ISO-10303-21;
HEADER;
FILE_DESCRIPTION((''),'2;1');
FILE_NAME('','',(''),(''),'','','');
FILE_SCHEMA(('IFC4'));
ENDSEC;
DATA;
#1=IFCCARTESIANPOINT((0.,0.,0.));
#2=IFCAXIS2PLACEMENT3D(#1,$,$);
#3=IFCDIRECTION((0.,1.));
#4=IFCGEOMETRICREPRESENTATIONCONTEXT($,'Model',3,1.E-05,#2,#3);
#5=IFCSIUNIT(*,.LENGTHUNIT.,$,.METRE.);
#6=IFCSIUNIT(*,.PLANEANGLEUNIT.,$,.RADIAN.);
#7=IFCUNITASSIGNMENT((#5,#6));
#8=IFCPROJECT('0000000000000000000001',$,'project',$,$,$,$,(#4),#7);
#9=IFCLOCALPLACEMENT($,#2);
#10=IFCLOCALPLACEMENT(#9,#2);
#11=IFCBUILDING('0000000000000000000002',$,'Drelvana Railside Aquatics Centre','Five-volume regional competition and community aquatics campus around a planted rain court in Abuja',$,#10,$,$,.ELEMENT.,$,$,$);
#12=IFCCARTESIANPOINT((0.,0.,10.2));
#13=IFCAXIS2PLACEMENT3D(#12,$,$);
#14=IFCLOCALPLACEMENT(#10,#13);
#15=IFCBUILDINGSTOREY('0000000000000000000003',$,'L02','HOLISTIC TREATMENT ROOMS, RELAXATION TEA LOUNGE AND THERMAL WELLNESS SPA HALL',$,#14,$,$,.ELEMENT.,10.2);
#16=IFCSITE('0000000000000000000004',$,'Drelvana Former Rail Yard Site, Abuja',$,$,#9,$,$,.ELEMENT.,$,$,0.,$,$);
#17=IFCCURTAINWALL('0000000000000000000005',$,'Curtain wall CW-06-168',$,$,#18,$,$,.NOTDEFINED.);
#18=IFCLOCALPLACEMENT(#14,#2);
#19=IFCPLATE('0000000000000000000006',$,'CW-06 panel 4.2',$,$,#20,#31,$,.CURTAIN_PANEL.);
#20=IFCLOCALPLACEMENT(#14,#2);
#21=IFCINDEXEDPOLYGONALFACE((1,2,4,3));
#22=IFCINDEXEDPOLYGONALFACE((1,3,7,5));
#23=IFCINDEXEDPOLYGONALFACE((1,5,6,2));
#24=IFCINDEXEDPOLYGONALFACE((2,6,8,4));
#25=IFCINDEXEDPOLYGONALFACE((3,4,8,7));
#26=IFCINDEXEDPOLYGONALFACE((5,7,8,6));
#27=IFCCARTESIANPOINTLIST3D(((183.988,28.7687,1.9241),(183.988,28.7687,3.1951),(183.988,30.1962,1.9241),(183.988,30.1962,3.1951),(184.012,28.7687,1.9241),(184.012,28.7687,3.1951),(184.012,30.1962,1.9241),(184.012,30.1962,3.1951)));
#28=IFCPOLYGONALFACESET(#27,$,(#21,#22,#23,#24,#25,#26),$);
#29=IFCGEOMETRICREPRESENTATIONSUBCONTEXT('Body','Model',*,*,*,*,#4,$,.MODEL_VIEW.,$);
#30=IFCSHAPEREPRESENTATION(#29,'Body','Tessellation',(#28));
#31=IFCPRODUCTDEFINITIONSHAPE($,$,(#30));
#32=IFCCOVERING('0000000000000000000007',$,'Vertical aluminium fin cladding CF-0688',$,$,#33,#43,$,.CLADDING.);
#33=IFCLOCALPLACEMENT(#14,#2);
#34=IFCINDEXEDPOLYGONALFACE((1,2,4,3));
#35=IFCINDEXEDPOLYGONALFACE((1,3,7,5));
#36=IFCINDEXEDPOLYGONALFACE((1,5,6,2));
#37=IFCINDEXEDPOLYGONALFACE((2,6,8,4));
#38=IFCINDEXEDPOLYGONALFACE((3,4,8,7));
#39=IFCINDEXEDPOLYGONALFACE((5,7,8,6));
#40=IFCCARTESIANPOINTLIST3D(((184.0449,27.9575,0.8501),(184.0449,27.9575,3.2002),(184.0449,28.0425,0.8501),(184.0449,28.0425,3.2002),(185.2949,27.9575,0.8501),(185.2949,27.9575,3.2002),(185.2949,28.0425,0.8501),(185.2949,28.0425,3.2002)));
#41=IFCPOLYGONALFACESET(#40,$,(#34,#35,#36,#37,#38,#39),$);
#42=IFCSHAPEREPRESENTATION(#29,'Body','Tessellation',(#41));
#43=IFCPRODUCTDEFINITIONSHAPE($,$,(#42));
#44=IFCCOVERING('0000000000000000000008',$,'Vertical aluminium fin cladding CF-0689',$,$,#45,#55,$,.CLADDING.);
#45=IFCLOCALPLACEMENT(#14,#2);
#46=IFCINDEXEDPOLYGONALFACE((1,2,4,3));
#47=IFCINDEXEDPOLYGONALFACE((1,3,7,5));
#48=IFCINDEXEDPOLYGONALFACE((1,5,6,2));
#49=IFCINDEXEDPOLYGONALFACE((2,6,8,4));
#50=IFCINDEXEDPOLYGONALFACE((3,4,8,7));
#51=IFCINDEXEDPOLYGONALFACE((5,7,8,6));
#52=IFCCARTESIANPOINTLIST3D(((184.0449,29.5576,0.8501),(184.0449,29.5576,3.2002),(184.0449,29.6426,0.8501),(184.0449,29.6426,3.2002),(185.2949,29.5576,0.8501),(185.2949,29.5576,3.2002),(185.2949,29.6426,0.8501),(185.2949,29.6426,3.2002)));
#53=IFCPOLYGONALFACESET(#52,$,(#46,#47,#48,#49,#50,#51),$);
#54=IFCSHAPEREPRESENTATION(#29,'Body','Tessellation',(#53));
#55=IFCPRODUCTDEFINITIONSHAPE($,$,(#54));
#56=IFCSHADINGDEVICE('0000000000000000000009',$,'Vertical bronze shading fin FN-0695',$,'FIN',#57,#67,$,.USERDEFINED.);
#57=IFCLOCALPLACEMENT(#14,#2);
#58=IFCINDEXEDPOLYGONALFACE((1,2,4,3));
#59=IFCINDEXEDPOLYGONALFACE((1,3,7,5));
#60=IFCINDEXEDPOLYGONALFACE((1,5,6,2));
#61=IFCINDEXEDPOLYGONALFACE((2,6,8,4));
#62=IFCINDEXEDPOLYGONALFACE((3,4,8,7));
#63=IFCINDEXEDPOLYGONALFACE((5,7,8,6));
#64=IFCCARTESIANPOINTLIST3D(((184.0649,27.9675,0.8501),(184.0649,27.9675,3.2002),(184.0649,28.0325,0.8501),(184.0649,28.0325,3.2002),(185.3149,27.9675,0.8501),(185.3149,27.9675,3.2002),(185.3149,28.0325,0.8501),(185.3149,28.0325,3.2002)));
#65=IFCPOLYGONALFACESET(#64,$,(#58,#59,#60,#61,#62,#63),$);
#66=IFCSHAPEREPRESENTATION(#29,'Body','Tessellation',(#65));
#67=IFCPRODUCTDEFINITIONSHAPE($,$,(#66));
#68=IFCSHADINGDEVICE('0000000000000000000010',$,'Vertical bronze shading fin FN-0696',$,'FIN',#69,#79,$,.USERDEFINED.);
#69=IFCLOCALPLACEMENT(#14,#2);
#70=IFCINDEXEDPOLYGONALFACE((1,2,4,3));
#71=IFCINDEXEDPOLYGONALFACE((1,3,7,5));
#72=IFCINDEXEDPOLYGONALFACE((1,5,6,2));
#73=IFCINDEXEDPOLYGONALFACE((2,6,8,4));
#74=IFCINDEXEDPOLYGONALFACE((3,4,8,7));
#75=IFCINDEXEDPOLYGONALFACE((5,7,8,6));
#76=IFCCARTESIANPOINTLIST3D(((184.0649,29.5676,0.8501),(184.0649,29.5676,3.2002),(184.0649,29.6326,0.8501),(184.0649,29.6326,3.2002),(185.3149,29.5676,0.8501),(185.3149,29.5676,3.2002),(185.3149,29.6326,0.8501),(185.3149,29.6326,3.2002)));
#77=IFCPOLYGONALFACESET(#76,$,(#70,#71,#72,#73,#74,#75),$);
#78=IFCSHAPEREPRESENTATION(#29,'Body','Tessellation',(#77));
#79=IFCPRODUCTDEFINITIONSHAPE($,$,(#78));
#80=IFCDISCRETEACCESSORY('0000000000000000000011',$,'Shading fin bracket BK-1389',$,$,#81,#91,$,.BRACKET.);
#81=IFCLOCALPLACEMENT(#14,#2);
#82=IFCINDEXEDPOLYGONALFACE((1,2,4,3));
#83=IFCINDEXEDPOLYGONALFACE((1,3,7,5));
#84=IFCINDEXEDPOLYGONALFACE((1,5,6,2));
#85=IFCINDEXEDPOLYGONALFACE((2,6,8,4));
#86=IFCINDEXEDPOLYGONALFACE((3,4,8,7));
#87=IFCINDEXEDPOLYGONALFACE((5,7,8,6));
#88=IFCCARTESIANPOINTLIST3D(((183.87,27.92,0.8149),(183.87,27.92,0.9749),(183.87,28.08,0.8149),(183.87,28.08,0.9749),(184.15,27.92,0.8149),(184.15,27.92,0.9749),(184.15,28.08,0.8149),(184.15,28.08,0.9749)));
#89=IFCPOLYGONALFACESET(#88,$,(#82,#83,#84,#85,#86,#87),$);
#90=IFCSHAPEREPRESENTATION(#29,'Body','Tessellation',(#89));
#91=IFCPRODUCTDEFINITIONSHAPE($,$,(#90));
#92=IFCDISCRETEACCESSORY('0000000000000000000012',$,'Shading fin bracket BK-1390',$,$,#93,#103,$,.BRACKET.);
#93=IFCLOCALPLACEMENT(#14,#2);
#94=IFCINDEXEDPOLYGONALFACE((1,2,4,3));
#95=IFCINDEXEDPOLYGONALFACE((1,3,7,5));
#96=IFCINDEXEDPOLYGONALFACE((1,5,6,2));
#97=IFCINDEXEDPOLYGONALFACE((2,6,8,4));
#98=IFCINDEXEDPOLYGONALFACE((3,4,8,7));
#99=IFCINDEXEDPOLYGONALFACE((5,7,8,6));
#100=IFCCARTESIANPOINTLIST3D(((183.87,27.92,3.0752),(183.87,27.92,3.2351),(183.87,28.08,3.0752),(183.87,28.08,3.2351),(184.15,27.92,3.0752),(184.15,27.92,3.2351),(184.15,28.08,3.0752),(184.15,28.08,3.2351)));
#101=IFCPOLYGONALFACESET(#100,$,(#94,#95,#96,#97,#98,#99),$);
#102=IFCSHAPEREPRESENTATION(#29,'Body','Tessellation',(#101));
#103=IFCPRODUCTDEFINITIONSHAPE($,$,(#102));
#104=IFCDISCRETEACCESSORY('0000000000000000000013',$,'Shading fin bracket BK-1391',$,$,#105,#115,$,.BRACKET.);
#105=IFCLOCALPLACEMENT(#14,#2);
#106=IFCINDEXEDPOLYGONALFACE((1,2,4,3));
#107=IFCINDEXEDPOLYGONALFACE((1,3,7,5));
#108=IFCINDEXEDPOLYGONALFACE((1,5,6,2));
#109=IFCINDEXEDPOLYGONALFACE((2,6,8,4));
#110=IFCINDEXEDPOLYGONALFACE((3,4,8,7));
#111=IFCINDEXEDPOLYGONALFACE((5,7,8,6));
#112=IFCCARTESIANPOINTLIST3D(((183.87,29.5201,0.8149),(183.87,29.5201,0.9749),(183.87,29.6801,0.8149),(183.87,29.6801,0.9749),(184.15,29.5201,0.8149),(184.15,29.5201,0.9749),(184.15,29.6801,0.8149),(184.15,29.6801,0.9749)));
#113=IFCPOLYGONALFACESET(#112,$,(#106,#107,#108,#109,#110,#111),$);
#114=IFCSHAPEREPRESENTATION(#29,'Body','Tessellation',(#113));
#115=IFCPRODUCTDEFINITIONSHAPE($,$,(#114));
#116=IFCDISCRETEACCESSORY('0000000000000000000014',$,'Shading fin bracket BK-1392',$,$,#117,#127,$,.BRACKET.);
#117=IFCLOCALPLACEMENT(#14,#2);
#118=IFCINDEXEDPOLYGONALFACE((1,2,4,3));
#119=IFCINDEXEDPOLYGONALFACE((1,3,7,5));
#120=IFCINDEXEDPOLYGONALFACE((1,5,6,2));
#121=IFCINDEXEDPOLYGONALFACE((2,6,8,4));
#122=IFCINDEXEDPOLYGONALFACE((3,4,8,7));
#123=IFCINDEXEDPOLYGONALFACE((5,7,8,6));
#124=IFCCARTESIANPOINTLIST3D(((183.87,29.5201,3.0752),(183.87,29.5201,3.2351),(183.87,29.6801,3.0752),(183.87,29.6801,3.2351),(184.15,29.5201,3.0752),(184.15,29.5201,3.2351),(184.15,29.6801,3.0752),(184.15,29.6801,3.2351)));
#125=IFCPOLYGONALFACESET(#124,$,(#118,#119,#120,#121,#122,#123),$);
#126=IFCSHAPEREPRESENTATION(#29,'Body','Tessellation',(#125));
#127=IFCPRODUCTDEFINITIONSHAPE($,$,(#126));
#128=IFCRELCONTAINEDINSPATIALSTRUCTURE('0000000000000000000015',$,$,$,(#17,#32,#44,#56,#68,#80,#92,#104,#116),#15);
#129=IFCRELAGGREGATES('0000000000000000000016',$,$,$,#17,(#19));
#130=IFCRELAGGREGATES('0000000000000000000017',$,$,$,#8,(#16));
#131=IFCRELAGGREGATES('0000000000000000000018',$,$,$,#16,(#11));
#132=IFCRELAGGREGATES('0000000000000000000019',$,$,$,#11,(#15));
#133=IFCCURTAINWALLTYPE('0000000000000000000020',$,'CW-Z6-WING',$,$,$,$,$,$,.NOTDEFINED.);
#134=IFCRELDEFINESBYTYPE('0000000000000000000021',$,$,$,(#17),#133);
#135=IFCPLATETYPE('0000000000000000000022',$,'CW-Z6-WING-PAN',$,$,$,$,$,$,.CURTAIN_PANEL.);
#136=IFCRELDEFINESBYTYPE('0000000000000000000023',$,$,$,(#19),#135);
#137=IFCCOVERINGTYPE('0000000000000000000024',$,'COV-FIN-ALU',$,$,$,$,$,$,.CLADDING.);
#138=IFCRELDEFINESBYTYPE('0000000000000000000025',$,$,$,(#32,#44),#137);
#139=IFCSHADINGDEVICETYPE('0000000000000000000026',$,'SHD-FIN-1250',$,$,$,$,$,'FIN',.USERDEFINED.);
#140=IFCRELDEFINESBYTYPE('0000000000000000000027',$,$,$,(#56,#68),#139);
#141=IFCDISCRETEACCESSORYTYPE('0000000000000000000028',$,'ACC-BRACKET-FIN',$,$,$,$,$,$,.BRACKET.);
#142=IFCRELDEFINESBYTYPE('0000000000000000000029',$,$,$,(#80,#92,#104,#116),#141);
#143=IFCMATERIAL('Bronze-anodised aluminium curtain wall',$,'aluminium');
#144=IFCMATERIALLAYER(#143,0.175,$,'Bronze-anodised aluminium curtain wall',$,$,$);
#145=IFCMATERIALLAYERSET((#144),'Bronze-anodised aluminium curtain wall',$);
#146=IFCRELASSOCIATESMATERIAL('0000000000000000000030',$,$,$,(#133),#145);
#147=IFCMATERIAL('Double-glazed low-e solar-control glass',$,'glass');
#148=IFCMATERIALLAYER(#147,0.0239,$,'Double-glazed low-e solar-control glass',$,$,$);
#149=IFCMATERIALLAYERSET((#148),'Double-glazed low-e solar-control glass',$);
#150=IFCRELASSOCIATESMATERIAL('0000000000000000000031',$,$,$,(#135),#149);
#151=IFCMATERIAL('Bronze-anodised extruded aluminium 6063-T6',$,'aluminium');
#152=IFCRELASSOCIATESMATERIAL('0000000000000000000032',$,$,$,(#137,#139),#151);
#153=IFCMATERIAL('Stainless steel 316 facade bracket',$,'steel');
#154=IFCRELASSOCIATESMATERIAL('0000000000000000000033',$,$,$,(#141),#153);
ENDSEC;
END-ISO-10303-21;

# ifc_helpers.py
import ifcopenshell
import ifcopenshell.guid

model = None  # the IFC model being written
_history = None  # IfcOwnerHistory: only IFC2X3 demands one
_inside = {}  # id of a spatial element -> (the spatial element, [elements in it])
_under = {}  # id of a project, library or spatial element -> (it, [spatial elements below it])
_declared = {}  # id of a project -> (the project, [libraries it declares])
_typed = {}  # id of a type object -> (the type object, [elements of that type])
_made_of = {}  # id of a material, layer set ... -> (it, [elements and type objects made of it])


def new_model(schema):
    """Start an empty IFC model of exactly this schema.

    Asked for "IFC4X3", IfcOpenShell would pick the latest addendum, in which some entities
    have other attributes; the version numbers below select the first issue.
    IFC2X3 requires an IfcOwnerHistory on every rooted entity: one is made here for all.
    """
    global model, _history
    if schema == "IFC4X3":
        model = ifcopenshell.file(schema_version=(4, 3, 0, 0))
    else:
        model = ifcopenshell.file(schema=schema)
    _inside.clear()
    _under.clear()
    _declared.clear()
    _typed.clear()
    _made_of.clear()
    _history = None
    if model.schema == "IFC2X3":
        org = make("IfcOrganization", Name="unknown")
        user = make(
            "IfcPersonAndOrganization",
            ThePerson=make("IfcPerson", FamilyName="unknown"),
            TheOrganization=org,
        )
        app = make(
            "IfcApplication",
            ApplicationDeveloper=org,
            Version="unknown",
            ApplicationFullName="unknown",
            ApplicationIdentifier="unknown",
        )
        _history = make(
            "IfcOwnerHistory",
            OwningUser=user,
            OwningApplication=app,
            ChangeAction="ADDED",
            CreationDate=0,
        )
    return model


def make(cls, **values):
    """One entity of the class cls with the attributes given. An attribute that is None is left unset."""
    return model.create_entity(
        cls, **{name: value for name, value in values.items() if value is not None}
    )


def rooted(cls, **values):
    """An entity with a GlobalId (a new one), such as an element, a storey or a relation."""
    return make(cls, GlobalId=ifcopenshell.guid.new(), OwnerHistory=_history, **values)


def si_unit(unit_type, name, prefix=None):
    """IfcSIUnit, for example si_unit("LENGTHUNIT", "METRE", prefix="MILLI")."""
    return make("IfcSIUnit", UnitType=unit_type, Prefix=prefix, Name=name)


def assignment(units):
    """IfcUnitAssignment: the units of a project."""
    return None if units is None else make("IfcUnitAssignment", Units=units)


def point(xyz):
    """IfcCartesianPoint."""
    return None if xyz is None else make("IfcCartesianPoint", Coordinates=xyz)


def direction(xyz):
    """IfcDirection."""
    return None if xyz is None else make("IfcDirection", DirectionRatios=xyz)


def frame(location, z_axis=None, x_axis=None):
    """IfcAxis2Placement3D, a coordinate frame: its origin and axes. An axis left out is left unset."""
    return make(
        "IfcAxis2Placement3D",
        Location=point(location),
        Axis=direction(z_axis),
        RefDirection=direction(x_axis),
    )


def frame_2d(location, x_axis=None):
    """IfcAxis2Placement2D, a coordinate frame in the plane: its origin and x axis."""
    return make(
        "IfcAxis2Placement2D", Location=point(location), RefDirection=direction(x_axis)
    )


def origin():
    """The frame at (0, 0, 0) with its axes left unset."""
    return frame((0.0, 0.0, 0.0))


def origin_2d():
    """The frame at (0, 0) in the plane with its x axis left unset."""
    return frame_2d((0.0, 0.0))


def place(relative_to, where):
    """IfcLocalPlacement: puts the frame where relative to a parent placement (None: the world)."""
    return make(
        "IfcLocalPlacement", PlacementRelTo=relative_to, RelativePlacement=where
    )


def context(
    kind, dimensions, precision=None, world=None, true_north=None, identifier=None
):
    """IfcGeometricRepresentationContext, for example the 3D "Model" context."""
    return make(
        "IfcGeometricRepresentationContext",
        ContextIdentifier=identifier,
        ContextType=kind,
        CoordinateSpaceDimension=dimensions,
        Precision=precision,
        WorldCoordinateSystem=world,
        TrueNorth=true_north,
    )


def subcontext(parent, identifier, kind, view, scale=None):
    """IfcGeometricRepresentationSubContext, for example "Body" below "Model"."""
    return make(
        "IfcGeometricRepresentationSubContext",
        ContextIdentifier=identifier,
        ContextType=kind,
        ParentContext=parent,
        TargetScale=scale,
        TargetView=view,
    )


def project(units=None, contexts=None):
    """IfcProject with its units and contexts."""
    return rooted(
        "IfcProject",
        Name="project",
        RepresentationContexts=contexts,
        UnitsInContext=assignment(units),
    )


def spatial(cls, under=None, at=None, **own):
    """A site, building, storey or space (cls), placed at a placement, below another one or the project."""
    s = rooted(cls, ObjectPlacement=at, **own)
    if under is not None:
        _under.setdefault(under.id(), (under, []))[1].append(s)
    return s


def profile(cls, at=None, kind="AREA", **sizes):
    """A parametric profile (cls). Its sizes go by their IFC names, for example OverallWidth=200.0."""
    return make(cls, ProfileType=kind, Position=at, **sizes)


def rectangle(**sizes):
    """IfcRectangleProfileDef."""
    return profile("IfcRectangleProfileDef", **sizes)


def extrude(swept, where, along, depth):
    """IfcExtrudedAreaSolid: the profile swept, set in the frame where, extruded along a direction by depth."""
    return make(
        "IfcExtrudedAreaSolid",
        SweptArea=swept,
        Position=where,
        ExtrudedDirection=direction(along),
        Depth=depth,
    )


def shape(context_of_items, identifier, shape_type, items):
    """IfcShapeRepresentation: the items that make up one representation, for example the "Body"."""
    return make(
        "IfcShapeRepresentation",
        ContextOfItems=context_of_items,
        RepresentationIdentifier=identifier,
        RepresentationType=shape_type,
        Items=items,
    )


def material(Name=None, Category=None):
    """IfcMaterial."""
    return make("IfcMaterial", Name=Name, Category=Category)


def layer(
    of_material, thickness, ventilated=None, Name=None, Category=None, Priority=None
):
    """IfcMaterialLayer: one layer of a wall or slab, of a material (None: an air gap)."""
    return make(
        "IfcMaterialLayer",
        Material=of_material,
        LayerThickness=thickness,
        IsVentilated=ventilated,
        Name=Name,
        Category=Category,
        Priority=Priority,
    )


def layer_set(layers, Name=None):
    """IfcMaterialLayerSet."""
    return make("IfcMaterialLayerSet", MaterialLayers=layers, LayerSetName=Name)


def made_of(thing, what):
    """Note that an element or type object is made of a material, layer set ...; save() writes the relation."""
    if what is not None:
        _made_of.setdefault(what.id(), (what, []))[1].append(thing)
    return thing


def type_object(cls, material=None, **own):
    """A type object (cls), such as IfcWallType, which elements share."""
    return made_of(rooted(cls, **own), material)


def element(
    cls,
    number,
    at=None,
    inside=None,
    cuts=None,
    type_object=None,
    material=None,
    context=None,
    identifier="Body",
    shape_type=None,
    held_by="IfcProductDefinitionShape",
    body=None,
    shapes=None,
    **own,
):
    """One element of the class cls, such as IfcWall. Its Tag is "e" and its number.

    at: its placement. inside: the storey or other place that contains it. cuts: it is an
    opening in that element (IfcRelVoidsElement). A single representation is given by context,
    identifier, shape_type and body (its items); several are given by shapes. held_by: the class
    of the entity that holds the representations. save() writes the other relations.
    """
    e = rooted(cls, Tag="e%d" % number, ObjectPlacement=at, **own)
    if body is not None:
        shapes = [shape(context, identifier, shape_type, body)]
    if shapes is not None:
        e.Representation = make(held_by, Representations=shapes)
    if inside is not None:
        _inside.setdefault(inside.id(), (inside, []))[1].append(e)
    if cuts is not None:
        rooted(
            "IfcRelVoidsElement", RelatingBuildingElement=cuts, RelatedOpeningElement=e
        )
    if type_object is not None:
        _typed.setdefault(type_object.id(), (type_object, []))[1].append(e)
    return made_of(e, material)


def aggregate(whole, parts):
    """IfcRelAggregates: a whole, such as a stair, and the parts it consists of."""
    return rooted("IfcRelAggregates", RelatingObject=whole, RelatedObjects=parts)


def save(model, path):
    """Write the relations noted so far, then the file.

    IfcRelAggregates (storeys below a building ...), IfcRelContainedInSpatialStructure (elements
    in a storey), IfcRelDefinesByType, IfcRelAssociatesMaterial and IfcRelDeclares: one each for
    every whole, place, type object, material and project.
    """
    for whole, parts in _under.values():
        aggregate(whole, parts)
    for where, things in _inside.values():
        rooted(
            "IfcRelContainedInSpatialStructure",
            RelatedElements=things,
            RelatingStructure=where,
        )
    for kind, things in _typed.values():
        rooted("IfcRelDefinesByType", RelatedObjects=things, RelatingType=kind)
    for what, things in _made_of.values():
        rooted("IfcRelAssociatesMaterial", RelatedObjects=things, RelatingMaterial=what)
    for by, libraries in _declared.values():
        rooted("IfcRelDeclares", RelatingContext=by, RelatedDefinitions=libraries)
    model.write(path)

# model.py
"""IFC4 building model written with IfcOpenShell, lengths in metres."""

from ifc_helpers import new_model, si_unit, direction, frame, origin, origin_2d, place, context, subcontext, project, spatial, rectangle, extrude, material, layer, layer_set, type_object, element, aggregate, save


model = new_model("IFC4")

# Units and contexts
model_context = context("Model", 3, precision=1e-05, world=origin(), true_north=direction((0.0, 1.0)))
body_context = subcontext(model_context, "Body", "Model", "MODEL_VIEW")
ifc_project = project(units=[si_unit("LENGTHUNIT", "METRE"), si_unit("PLANEANGLEUNIT", "RADIAN")], contexts=[model_context])

# Site, building, storey
site_placement = place(None, origin())
site = spatial("IfcSite", under=ifc_project, at=site_placement, Name="Drelvana Former Rail Yard Site, Abuja", CompositionType="ELEMENT", RefElevation=0.0)
building_placement = place(site_placement, origin())
building = spatial("IfcBuilding", under=site, at=building_placement, Name="Drelvana Railside Aquatics Centre", Description="Five-volume regional competition and community aquatics campus around a planted rain court in Abuja", CompositionType="ELEMENT")
storey_placement = place(building_placement, frame((0.0, 0.0, 10.2)))
storey = spatial("IfcBuildingStorey", under=building, at=storey_placement, Name="L02", Description="HOLISTIC TREATMENT ROOMS, RELAXATION TEA LOUNGE AND THERMAL WELLNESS SPA HALL", CompositionType="ELEMENT", Elevation=10.2)

# Curtain wall, plate
ifc_material_1 = material(Name="Bronze-anodised aluminium curtain wall", Category="aluminium")
ifc_layer_1 = layer(ifc_material_1, 0.175, Name="Bronze-anodised aluminium curtain wall")
ifc_layer_set_1 = layer_set([ifc_layer_1], Name="Bronze-anodised aluminium curtain wall")
curtain_wall_type = type_object("IfcCurtainWallType", Name="CW-Z6-WING", PredefinedType="NOTDEFINED", material=ifc_layer_set_1)
curtain_wall_placement = place(storey_placement, origin())
curtain_wall = element("IfcCurtainWall", 1, at=curtain_wall_placement, inside=storey, type_object=curtain_wall_type, Name="Curtain wall CW-06-168", PredefinedType="NOTDEFINED")
ifc_material_2 = material(Name="Double-glazed low-e solar-control glass", Category="glass")
ifc_layer_2 = layer(ifc_material_2, 0.0239, Name="Double-glazed low-e solar-control glass")
ifc_layer_set_2 = layer_set([ifc_layer_2], Name="Double-glazed low-e solar-control glass")
plate_type = type_object("IfcPlateType", Name="CW-Z6-WING-PAN", PredefinedType="CURTAIN_PANEL", material=ifc_layer_set_2)
plate_1_placement = place(storey_placement, frame((184.0, 29.4824, 1.9241), z_axis=(0.0, 0.0, 1.0), x_axis=(0.0, 1.0, 0.0)))
plate_1 = element("IfcPlate", 2, at=plate_1_placement, type_object=plate_type, Name="CW-06 panel 4.2", PredefinedType="CURTAIN_PANEL", context=body_context, shape_type="SweptSolid", body=[
    extrude(rectangle(XDim=1.4275, YDim=0.0239, at=origin_2d()), origin(), (0.0, 0.0, 1.0), 1.271),
])
aggregate(curtain_wall, [plate_1])

# Coverings
ifc_material_3 = material(Name="Bronze-anodised extruded aluminium 6063-T6", Category="aluminium")
covering_type = type_object("IfcCoveringType", Name="COV-FIN-ALU", PredefinedType="CLADDING", material=ifc_material_3)
for number, where, z_axis, x_axis, name in (
    (3, (184.6699, 28.0, 0.8501), (0.0, 0.0, 1.0), (0.0, -1.0, 0.0), "Vertical aluminium fin cladding CF-0688"),
    (4, (184.6699, 29.6001, 0.8501), (0.0, 0.0, 1.0), (0.0, -1.0, 0.0), "Vertical aluminium fin cladding CF-0689"),
):
    element("IfcCovering", number, at=place(storey_placement, frame(where, z_axis=z_axis, x_axis=x_axis)), inside=storey, type_object=covering_type, Name=name, PredefinedType="CLADDING", context=body_context, shape_type="SweptSolid", body=[
        extrude(rectangle(XDim=0.085, YDim=1.25, at=origin_2d()), origin(), (0.0, 0.0, 1.0), 2.3501),
    ])

# Shading devices
shading_device_type = type_object("IfcShadingDeviceType", Name="SHD-FIN-1250", ElementType="FIN", PredefinedType="USERDEFINED", material=ifc_material_3)
for number, where, z_axis, x_axis, name in (
    (5, (184.6899, 28.0, 0.8501), (0.0, 0.0, 1.0), (1.0, 0.0, 0.0), "Vertical bronze shading fin FN-0695"),
    (6, (184.6899, 29.6001, 0.8501), (0.0, 0.0, 1.0), (1.0, 0.0, 0.0), "Vertical bronze shading fin FN-0696"),
):
    element("IfcShadingDevice", number, at=place(storey_placement, frame(where, z_axis=z_axis, x_axis=x_axis)), inside=storey, type_object=shading_device_type, Name=name, ObjectType="FIN", PredefinedType="USERDEFINED", context=body_context, shape_type="SweptSolid", body=[
        extrude(rectangle(XDim=1.25, YDim=0.0649, at=origin_2d()), origin(), (0.0, 0.0, 1.0), 2.3501),
    ])

# Discrete accessories
ifc_material_4 = material(Name="Stainless steel 316 facade bracket", Category="steel")
discrete_accessory_type = type_object("IfcDiscreteAccessoryType", Name="ACC-BRACKET-FIN", PredefinedType="BRACKET", material=ifc_material_4)
for number, where, z_axis, x_axis, name in (
    (7, (184.01, 28.0, 0.8149), (0.0, 0.0, 1.0), (1.0, 0.0, 0.0), "Shading fin bracket BK-1389"),
    (8, (184.01, 28.0, 3.0752), (0.0, 0.0, 1.0), (1.0, 0.0, 0.0), "Shading fin bracket BK-1390"),
    (9, (184.01, 29.6001, 0.8149), (0.0, 0.0, 1.0), (1.0, 0.0, 0.0), "Shading fin bracket BK-1391"),
    (10, (184.01, 29.6001, 3.0752), (0.0, 0.0, 1.0), (1.0, 0.0, 0.0), "Shading fin bracket BK-1392"),
):
    element("IfcDiscreteAccessory", number, at=place(storey_placement, frame(where, z_axis=z_axis, x_axis=x_axis)), inside=storey, type_object=discrete_accessory_type, Name=name, PredefinedType="BRACKET", context=body_context, shape_type="SweptSolid", body=[
        extrude(rectangle(XDim=0.28, YDim=0.1599, at=origin_2d()), origin(), (0.0, 0.0, 1.0), 0.1599),
    ])

save(model, "model.ifc")
